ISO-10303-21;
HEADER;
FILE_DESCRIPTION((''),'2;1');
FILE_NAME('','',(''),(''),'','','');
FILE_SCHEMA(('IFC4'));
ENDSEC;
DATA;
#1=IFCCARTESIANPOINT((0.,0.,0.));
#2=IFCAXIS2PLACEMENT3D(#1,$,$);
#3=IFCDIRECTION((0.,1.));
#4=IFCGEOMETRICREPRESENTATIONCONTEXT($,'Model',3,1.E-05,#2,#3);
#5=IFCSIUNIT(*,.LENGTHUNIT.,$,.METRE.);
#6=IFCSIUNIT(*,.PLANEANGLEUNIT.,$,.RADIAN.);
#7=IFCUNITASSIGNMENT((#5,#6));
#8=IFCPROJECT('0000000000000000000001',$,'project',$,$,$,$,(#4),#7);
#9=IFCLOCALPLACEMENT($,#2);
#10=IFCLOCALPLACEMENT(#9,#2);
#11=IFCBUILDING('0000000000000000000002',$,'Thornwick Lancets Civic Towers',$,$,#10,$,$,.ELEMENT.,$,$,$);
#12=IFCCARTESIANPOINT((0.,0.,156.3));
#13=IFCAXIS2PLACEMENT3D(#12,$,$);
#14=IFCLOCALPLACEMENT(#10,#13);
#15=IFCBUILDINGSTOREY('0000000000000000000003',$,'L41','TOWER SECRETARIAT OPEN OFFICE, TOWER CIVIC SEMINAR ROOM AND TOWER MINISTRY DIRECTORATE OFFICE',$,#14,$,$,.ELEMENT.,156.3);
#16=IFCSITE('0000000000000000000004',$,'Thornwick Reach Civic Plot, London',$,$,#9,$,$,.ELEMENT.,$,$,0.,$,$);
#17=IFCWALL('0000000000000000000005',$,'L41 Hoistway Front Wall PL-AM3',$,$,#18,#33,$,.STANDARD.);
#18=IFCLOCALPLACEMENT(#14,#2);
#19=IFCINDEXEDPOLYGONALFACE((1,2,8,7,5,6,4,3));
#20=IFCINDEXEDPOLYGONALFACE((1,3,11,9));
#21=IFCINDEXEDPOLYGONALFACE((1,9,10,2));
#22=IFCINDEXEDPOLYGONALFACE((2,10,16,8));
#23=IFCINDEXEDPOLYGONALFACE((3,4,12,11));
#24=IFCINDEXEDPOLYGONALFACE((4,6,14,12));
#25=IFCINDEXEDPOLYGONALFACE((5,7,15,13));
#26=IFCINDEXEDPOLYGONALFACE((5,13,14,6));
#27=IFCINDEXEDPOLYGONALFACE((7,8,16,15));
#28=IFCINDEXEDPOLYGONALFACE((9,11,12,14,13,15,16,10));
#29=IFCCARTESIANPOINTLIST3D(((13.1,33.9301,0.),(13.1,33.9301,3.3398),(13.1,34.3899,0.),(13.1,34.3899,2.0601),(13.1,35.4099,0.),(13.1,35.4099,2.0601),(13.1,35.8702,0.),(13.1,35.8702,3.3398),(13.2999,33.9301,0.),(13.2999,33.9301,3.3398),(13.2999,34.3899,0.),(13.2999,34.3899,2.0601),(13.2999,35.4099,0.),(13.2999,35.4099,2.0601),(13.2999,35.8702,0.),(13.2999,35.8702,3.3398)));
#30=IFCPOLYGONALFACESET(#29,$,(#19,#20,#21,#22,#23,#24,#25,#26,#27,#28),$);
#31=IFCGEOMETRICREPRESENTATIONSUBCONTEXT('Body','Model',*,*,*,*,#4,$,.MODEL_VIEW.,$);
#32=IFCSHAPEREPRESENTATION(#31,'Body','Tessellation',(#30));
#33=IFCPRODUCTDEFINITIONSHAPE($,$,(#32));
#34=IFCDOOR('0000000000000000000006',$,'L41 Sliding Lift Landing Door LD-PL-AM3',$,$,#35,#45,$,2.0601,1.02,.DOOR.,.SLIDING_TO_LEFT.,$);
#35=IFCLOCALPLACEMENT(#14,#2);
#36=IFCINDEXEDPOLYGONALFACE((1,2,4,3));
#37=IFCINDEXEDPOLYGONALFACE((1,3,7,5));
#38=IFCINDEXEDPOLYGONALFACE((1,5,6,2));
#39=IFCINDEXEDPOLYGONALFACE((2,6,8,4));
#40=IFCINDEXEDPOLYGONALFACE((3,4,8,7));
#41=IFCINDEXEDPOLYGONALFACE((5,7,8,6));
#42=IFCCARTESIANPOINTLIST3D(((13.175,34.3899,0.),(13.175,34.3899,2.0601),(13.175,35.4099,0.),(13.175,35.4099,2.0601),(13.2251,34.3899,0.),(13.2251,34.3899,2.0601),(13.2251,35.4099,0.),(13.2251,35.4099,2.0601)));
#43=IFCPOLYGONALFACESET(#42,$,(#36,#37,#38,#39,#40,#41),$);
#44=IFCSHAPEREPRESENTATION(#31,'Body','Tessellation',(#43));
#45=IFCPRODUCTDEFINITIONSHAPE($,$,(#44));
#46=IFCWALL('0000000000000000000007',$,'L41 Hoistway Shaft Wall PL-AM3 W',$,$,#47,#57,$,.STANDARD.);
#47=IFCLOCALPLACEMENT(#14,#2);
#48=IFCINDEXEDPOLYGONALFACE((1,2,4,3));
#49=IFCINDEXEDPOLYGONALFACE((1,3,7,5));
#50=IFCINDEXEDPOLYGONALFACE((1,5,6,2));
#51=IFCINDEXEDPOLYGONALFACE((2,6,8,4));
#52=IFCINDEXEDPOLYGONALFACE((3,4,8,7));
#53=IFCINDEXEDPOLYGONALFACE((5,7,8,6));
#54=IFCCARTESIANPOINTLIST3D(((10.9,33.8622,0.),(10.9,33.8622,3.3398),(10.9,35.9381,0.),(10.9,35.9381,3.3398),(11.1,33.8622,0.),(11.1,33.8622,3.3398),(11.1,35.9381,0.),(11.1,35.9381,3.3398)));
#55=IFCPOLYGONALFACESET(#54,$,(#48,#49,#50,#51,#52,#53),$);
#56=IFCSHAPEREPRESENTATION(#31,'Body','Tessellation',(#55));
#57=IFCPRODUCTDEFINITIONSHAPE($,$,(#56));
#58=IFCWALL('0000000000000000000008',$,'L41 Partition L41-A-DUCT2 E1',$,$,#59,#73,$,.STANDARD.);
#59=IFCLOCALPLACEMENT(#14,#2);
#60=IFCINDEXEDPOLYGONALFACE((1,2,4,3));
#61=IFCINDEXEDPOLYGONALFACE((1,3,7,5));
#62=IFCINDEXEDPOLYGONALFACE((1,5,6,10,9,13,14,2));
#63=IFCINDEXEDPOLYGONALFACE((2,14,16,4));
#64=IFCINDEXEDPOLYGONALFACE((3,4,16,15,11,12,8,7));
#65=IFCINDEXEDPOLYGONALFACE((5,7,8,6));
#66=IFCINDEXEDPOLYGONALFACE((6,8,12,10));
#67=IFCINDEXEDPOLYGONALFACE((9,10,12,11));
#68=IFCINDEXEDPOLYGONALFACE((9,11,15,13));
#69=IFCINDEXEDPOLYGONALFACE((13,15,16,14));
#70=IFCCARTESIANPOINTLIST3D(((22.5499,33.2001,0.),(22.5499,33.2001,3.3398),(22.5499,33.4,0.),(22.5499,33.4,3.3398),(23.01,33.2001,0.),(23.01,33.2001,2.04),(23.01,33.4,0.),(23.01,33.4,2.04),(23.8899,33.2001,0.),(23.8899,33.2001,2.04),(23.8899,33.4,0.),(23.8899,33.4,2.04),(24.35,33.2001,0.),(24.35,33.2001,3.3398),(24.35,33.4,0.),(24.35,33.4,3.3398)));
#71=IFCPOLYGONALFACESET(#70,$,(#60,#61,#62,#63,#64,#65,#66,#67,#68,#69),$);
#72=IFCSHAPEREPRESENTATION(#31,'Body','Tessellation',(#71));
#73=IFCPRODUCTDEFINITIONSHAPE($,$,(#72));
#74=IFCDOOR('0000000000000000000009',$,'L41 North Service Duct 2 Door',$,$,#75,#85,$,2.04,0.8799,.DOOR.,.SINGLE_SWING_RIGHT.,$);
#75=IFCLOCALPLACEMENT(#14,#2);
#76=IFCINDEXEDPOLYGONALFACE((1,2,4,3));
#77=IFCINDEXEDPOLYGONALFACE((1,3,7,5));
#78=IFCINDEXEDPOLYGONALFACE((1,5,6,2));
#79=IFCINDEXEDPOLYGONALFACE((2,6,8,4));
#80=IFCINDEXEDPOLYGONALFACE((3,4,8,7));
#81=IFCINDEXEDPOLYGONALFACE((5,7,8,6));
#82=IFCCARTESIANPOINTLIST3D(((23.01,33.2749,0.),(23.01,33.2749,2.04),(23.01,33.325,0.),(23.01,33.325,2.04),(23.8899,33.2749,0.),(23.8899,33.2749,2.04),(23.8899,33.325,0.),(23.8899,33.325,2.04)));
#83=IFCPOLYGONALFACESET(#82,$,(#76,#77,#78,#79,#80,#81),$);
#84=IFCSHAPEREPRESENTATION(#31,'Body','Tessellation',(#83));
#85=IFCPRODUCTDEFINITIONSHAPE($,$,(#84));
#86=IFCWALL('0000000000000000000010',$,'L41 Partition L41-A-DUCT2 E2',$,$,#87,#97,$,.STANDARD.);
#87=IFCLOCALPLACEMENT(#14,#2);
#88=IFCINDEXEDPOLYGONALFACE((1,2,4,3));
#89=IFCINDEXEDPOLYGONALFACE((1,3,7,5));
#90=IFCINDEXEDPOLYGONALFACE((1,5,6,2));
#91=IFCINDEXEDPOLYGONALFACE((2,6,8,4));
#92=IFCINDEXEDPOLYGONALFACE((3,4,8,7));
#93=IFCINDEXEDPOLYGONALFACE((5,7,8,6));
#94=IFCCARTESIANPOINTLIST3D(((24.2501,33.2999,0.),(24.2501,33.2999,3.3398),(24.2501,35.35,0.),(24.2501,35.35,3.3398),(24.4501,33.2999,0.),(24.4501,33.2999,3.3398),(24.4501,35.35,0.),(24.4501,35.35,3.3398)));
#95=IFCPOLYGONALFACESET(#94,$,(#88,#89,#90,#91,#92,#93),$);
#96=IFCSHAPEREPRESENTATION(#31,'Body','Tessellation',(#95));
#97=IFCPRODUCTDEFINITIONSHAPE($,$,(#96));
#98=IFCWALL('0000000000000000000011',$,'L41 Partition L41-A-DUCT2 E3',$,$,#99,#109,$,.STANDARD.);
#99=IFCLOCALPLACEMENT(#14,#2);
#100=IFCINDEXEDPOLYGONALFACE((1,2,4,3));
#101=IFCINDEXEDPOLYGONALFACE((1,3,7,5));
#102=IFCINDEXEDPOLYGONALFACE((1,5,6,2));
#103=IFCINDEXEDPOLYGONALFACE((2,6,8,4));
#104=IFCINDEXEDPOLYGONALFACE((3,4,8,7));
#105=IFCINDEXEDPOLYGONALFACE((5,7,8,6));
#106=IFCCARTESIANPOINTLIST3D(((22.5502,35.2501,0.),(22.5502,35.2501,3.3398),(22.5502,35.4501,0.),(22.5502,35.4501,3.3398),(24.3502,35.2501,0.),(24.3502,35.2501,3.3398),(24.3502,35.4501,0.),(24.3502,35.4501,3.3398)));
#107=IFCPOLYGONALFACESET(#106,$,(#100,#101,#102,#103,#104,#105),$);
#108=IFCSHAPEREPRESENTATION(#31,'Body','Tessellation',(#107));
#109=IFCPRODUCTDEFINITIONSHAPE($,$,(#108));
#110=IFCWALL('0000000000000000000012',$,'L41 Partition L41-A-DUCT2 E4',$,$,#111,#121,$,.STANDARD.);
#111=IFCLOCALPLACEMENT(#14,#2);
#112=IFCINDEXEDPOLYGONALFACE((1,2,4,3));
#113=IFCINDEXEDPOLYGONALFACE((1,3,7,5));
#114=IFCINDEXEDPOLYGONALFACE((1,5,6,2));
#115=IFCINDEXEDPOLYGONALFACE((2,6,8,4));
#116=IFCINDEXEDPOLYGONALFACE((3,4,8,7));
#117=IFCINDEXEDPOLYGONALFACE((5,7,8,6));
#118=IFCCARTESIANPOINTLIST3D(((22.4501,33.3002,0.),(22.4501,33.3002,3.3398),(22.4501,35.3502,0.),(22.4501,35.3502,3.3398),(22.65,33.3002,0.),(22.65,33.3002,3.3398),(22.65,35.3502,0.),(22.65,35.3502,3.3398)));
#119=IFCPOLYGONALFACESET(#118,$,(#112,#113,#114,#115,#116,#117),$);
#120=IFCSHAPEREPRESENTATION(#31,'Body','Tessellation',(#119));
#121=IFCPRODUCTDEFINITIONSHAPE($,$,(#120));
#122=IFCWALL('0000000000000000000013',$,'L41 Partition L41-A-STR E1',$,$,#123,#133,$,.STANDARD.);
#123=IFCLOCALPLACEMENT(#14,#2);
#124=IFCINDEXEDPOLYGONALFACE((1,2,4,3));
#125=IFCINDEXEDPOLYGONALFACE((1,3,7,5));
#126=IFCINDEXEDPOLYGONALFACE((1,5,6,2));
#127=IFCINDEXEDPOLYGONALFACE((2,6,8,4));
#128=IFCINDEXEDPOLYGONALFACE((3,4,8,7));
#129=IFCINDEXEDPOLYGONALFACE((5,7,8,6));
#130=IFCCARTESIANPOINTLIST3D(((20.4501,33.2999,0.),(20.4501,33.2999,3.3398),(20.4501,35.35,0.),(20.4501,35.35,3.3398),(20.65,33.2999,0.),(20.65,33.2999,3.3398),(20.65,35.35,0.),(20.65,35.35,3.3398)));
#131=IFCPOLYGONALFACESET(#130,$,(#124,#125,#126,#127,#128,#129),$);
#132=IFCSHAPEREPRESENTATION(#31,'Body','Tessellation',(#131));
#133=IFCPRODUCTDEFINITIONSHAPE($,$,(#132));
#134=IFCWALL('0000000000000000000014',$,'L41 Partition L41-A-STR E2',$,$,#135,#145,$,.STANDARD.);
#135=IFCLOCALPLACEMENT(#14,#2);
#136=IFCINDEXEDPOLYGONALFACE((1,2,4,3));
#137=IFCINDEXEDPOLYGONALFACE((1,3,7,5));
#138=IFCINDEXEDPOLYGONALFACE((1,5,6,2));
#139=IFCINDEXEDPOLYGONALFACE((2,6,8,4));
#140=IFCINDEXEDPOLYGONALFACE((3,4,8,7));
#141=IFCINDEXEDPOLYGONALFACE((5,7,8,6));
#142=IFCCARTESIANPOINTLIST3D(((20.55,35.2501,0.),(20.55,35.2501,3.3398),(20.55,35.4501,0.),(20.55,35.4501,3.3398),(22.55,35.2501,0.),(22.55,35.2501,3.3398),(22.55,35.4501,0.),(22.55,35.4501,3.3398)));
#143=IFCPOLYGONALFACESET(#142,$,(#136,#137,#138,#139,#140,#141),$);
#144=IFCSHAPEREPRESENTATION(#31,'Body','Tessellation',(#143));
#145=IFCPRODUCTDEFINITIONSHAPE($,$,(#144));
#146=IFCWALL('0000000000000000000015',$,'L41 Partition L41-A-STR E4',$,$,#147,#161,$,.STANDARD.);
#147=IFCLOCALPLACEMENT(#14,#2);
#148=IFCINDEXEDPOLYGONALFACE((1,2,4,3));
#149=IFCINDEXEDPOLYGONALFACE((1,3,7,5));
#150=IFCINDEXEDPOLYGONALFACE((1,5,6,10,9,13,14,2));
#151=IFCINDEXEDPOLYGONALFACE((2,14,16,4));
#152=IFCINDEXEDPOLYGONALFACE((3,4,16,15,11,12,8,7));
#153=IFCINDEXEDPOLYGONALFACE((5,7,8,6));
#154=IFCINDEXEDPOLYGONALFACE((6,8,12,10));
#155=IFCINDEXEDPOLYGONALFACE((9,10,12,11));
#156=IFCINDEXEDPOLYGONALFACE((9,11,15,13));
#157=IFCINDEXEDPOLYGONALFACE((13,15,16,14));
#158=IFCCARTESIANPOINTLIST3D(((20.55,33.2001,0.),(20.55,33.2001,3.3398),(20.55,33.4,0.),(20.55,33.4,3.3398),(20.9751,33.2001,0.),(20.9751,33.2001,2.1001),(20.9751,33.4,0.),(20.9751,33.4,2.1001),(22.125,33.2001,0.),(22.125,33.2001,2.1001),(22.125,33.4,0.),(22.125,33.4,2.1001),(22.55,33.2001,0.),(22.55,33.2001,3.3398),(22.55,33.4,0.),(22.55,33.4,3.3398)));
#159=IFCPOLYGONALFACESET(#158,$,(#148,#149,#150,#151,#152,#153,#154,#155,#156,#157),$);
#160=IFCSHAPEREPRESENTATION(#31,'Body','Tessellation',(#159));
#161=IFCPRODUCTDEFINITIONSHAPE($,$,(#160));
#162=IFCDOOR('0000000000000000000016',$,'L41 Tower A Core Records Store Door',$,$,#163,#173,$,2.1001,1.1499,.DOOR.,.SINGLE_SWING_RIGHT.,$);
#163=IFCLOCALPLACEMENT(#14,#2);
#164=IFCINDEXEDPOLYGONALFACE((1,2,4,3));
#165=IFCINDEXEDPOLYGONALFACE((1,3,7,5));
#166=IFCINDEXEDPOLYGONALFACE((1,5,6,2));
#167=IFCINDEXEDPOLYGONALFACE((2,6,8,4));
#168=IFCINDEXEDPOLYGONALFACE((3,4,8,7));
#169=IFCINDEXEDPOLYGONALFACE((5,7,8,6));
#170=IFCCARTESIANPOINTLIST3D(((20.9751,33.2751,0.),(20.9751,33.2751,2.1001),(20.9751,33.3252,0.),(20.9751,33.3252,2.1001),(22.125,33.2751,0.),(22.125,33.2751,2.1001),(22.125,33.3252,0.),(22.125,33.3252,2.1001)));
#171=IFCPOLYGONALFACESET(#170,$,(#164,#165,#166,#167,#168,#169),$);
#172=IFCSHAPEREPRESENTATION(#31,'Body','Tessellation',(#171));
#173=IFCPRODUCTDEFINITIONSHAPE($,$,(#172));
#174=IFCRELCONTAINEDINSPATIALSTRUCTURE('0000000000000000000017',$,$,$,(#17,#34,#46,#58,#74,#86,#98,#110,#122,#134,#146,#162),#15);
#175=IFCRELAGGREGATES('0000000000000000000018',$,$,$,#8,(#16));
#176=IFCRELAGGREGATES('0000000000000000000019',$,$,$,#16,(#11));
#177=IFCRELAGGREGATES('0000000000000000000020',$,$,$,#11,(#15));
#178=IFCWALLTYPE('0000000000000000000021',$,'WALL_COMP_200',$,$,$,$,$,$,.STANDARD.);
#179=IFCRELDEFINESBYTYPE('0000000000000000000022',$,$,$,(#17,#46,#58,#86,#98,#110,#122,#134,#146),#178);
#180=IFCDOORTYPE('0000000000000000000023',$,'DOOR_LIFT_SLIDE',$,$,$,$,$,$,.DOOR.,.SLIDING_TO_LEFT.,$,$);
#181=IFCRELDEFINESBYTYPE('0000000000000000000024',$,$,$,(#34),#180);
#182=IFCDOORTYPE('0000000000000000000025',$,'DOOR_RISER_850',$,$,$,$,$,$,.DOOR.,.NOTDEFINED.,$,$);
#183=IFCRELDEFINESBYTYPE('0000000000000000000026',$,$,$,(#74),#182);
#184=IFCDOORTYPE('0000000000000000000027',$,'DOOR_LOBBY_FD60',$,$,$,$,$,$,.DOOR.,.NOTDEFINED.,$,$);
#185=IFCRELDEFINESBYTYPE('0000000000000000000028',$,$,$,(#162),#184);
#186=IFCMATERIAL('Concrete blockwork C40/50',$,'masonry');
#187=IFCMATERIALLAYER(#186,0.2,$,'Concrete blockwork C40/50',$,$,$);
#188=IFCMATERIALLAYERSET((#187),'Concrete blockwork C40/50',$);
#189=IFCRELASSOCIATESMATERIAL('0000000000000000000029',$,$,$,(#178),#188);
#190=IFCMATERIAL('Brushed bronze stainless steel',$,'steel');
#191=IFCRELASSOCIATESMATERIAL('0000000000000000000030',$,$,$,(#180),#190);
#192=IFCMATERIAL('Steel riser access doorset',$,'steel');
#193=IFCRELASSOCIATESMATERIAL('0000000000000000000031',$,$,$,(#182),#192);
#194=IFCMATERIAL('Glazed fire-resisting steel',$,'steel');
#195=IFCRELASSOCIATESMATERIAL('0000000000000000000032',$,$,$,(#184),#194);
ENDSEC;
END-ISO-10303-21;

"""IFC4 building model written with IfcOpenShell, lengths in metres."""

from ifc_helpers import new_model, si_unit, direction, frame, frame_2d, origin, place, context, subcontext, project, spatial, rectangle, extrude, material, layer, layer_set, type_object, element, fill, save


model = new_model("IFC4")

# Units and contexts
model_context = context("Model", 3, precision=1e-05, world=origin(), true_north=direction((0.0, 1.0)))
body_context = subcontext(model_context, "Body", "Model", "MODEL_VIEW")
ifc_project = project(units=[si_unit("LENGTHUNIT", "METRE"), si_unit("PLANEANGLEUNIT", "RADIAN")], contexts=[model_context])

# Site, building, storey
site_placement = place(None, origin())
site = spatial("IfcSite", under=ifc_project, at=site_placement, Name="Thornwick Reach Civic Plot, London", CompositionType="ELEMENT", RefElevation=0.0)
building_placement = place(site_placement, origin())
building = spatial("IfcBuilding", under=site, at=building_placement, Name="Thornwick Lancets Civic Towers", CompositionType="ELEMENT")
storey_placement = place(building_placement, frame((0.0, 0.0, 156.3)))
storey = spatial("IfcBuildingStorey", under=building, at=storey_placement, Name="L41", Description="TOWER SECRETARIAT OPEN OFFICE, TOWER CIVIC SEMINAR ROOM AND TOWER MINISTRY DIRECTORATE OFFICE", CompositionType="ELEMENT", Elevation=156.3)

# Wall, opening, door
ifc_material_1 = material(Name="Concrete blockwork C40/50", Category="masonry")
ifc_layer_1 = layer(ifc_material_1, 0.2, Name="Concrete blockwork C40/50")
ifc_layer_set_1 = layer_set([ifc_layer_1], Name="Concrete blockwork C40/50")
wall_type_1 = type_object("IfcWallType", Name="WALL_COMP_200", PredefinedType="STANDARD", material=ifc_layer_set_1)
wall_1_placement = place(storey_placement, frame((13.2, 33.9299, 0.0), z_axis=(0.0, 0.0, 1.0), x_axis=(0.0, 1.0, 0.0)))
wall_1 = element("IfcWall", 1, at=wall_1_placement, inside=storey, type_object=wall_type_1, Name="L41 Hoistway Front Wall PL-AM3", PredefinedType="STANDARD", context=body_context, shape_type="SweptSolid", body=[
    extrude(rectangle(XDim=1.9402, YDim=0.2, at=frame_2d((0.9702, 0.0))), origin(), (0.0, 0.0, 1.0), 3.3398),
])
opening_1_placement = place(wall_1_placement, frame((0.46, 0.0, 0.0)))
opening_1 = element("IfcOpeningElement", 2, at=opening_1_placement, cuts=wall_1, PredefinedType="OPENING", context=body_context, shape_type="SweptSolid", body=[
    extrude(rectangle(XDim=1.02, YDim=2.0601, at=frame_2d((0.51, 1.03))), frame((0.0, 0.1099, 0.0), z_axis=(0.0, -1.0, 0.0), x_axis=(1.0, 0.0, 0.0)), (0.0, 0.0, 1.0), 0.22),
])
ifc_material_2 = material(Name="Brushed bronze stainless steel", Category="steel")
door_type_1 = type_object("IfcDoorType", Name="DOOR_LIFT_SLIDE", OperationType="SLIDING_TO_LEFT", PredefinedType="DOOR", material=ifc_material_2)
door_1_placement = place(opening_1_placement, origin())
door_1 = element("IfcDoor", 3, at=door_1_placement, inside=storey, type_object=door_type_1, Name="L41 Sliding Lift Landing Door LD-PL-AM3", OperationType="SLIDING_TO_LEFT", OverallHeight=2.0601, OverallWidth=1.02, PredefinedType="DOOR", context=body_context, shape_type="SweptSolid", body=[
    extrude(rectangle(XDim=1.02, YDim=2.0601, at=frame_2d((0.51, 1.03))), frame((0.0, 0.0249, 0.0), z_axis=(0.0, -1.0, 0.0), x_axis=(1.0, 0.0, 0.0)), (0.0, 0.0, 1.0), 0.05),
])
fill(opening_1, door_1)

# Wall
wall_2_placement = place(storey_placement, frame((11.0, 33.8621, 0.0), z_axis=(0.0, 0.0, 1.0), x_axis=(0.0, 1.0, 0.0)))
element("IfcWall", 4, at=wall_2_placement, inside=storey, type_object=wall_type_1, Name="L41 Hoistway Shaft Wall PL-AM3 W", PredefinedType="STANDARD", context=body_context, shape_type="SweptSolid", body=[
    extrude(rectangle(XDim=2.0759, YDim=0.2, at=frame_2d((1.0381, 0.0))), origin(), (0.0, 0.0, 1.0), 3.3398),
])

# Wall, opening, door
wall_3_placement = place(storey_placement, frame((22.55, 33.3, 0.0), z_axis=(0.0, 0.0, 1.0), x_axis=(1.0, 0.0, 0.0)))
wall_3 = element("IfcWall", 5, at=wall_3_placement, inside=storey, type_object=wall_type_1, Name="L41 Partition L41-A-DUCT2 E1", PredefinedType="STANDARD", context=body_context, shape_type="SweptSolid", body=[
    extrude(rectangle(XDim=1.8, YDim=0.2, at=frame_2d((0.8999, 0.0))), origin(), (0.0, 0.0, 1.0), 3.3398),
])
opening_2_placement = place(wall_3_placement, frame((0.46, 0.0, 0.0)))
opening_2 = element("IfcOpeningElement", 6, at=opening_2_placement, cuts=wall_3, PredefinedType="OPENING", context=body_context, shape_type="SweptSolid", body=[
    extrude(rectangle(XDim=0.8799, YDim=2.04, at=frame_2d((0.4399, 1.02))), frame((0.0, 0.1099, 0.0), z_axis=(0.0, -1.0, 0.0), x_axis=(1.0, 0.0, 0.0)), (0.0, 0.0, 1.0), 0.22),
])
ifc_material_3 = material(Name="Steel riser access doorset", Category="steel")
door_type_2 = type_object("IfcDoorType", Name="DOOR_RISER_850", OperationType="NOTDEFINED", PredefinedType="DOOR", material=ifc_material_3)
door_2_placement = place(opening_2_placement, origin())
door_2 = element("IfcDoor", 7, at=door_2_placement, inside=storey, type_object=door_type_2, Name="L41 North Service Duct 2 Door", OperationType="SINGLE_SWING_RIGHT", OverallHeight=2.04, OverallWidth=0.8799, PredefinedType="DOOR", context=body_context, shape_type="SweptSolid", body=[
    extrude(rectangle(XDim=0.8799, YDim=2.04, at=frame_2d((0.4399, 1.02))), frame((0.0, 0.0249, 0.0), z_axis=(0.0, -1.0, 0.0), x_axis=(1.0, 0.0, 0.0)), (0.0, 0.0, 1.0), 0.05),
])
fill(opening_2, door_2)

# Walls
wall_4_placement = place(storey_placement, frame((24.3501, 33.3, 0.0), z_axis=(0.0, 0.0, 1.0), x_axis=(0.0, 1.0, 0.0)))
element("IfcWall", 8, at=wall_4_placement, inside=storey, type_object=wall_type_1, Name="L41 Partition L41-A-DUCT2 E2", PredefinedType="STANDARD", context=body_context, shape_type="SweptSolid", body=[
    extrude(rectangle(XDim=2.05, YDim=0.2, at=frame_2d((1.0249, 0.0))), origin(), (0.0, 0.0, 1.0), 3.3398),
])
wall_5_placement = place(storey_placement, frame((24.3501, 35.3501, 0.0), z_axis=(0.0, 0.0, 1.0), x_axis=(-1.0, 0.0, 0.0)))
element("IfcWall", 9, at=wall_5_placement, inside=storey, type_object=wall_type_1, Name="L41 Partition L41-A-DUCT2 E3", PredefinedType="STANDARD", context=body_context, shape_type="SweptSolid", body=[
    extrude(rectangle(XDim=1.8, YDim=0.2, at=frame_2d((0.8999, 0.0))), origin(), (0.0, 0.0, 1.0), 3.3398),
])
for number, where, z_axis, x_axis, name in (
    (10, (22.55, 35.3501, 0.0), (0.0, 0.0, 1.0), (0.0, -1.0, 0.0), "L41 Partition L41-A-DUCT2 E4"),
    (11, (20.55, 33.3, 0.0), (0.0, 0.0, 1.0), (0.0, 1.0, 0.0), "L41 Partition L41-A-STR E1"),
):
    element("IfcWall", number, at=place(storey_placement, frame(where, z_axis=z_axis, x_axis=x_axis)), inside=storey, type_object=wall_type_1, Name=name, PredefinedType="STANDARD", context=body_context, shape_type="SweptSolid", body=[
        extrude(rectangle(XDim=2.05, YDim=0.2, at=frame_2d((1.0249, 0.0))), origin(), (0.0, 0.0, 1.0), 3.3398),
    ])
wall_6_placement = place(storey_placement, frame((20.55, 35.3501, 0.0), z_axis=(0.0, 0.0, 1.0), x_axis=(1.0, 0.0, 0.0)))
element("IfcWall", 12, at=wall_6_placement, inside=storey, type_object=wall_type_1, Name="L41 Partition L41-A-STR E2", PredefinedType="STANDARD", context=body_context, shape_type="SweptSolid", body=[
    extrude(rectangle(XDim=2.0, YDim=0.2, at=frame_2d((1.0, 0.0))), origin(), (0.0, 0.0, 1.0), 3.3398),
])

# Wall, opening, door
wall_7_placement = place(storey_placement, frame((22.55, 33.3, 0.0), z_axis=(0.0, 0.0, 1.0), x_axis=(-1.0, 0.0, 0.0)))
wall_7 = element("IfcWall", 13, at=wall_7_placement, inside=storey, type_object=wall_type_1, Name="L41 Partition L41-A-STR E4", PredefinedType="STANDARD", context=body_context, shape_type="SweptSolid", body=[
    extrude(rectangle(XDim=2.0, YDim=0.2, at=frame_2d((1.0, 0.0))), origin(), (0.0, 0.0, 1.0), 3.3398),
])
opening_3_placement = place(wall_7_placement, frame((0.425, 0.0, 0.0)))
opening_3 = element("IfcOpeningElement", 14, at=opening_3_placement, cuts=wall_7, PredefinedType="OPENING", context=body_context, shape_type="SweptSolid", body=[
    extrude(rectangle(XDim=1.1499, YDim=2.1001, at=frame_2d((0.575, 1.05))), frame((0.0, 0.1099, 0.0), z_axis=(0.0, -1.0, 0.0), x_axis=(1.0, 0.0, 0.0)), (0.0, 0.0, 1.0), 0.22),
])
ifc_material_4 = material(Name="Glazed fire-resisting steel", Category="steel")
door_type_3 = type_object("IfcDoorType", Name="DOOR_LOBBY_FD60", OperationType="NOTDEFINED", PredefinedType="DOOR", material=ifc_material_4)
door_3_placement = place(opening_3_placement, origin())
door_3 = element("IfcDoor", 15, at=door_3_placement, inside=storey, type_object=door_type_3, Name="L41 Tower A Core Records Store Door", OperationType="SINGLE_SWING_RIGHT", OverallHeight=2.1001, OverallWidth=1.1499, PredefinedType="DOOR", context=body_context, shape_type="SweptSolid", body=[
    extrude(rectangle(XDim=1.1499, YDim=2.1001, at=frame_2d((0.575, 1.05))), frame((0.0, 0.0249, 0.0), z_axis=(0.0, -1.0, 0.0), x_axis=(1.0, 0.0, 0.0)), (0.0, 0.0, 1.0), 0.05),
])
fill(opening_3, door_3)

save(model, "model.ifc")
